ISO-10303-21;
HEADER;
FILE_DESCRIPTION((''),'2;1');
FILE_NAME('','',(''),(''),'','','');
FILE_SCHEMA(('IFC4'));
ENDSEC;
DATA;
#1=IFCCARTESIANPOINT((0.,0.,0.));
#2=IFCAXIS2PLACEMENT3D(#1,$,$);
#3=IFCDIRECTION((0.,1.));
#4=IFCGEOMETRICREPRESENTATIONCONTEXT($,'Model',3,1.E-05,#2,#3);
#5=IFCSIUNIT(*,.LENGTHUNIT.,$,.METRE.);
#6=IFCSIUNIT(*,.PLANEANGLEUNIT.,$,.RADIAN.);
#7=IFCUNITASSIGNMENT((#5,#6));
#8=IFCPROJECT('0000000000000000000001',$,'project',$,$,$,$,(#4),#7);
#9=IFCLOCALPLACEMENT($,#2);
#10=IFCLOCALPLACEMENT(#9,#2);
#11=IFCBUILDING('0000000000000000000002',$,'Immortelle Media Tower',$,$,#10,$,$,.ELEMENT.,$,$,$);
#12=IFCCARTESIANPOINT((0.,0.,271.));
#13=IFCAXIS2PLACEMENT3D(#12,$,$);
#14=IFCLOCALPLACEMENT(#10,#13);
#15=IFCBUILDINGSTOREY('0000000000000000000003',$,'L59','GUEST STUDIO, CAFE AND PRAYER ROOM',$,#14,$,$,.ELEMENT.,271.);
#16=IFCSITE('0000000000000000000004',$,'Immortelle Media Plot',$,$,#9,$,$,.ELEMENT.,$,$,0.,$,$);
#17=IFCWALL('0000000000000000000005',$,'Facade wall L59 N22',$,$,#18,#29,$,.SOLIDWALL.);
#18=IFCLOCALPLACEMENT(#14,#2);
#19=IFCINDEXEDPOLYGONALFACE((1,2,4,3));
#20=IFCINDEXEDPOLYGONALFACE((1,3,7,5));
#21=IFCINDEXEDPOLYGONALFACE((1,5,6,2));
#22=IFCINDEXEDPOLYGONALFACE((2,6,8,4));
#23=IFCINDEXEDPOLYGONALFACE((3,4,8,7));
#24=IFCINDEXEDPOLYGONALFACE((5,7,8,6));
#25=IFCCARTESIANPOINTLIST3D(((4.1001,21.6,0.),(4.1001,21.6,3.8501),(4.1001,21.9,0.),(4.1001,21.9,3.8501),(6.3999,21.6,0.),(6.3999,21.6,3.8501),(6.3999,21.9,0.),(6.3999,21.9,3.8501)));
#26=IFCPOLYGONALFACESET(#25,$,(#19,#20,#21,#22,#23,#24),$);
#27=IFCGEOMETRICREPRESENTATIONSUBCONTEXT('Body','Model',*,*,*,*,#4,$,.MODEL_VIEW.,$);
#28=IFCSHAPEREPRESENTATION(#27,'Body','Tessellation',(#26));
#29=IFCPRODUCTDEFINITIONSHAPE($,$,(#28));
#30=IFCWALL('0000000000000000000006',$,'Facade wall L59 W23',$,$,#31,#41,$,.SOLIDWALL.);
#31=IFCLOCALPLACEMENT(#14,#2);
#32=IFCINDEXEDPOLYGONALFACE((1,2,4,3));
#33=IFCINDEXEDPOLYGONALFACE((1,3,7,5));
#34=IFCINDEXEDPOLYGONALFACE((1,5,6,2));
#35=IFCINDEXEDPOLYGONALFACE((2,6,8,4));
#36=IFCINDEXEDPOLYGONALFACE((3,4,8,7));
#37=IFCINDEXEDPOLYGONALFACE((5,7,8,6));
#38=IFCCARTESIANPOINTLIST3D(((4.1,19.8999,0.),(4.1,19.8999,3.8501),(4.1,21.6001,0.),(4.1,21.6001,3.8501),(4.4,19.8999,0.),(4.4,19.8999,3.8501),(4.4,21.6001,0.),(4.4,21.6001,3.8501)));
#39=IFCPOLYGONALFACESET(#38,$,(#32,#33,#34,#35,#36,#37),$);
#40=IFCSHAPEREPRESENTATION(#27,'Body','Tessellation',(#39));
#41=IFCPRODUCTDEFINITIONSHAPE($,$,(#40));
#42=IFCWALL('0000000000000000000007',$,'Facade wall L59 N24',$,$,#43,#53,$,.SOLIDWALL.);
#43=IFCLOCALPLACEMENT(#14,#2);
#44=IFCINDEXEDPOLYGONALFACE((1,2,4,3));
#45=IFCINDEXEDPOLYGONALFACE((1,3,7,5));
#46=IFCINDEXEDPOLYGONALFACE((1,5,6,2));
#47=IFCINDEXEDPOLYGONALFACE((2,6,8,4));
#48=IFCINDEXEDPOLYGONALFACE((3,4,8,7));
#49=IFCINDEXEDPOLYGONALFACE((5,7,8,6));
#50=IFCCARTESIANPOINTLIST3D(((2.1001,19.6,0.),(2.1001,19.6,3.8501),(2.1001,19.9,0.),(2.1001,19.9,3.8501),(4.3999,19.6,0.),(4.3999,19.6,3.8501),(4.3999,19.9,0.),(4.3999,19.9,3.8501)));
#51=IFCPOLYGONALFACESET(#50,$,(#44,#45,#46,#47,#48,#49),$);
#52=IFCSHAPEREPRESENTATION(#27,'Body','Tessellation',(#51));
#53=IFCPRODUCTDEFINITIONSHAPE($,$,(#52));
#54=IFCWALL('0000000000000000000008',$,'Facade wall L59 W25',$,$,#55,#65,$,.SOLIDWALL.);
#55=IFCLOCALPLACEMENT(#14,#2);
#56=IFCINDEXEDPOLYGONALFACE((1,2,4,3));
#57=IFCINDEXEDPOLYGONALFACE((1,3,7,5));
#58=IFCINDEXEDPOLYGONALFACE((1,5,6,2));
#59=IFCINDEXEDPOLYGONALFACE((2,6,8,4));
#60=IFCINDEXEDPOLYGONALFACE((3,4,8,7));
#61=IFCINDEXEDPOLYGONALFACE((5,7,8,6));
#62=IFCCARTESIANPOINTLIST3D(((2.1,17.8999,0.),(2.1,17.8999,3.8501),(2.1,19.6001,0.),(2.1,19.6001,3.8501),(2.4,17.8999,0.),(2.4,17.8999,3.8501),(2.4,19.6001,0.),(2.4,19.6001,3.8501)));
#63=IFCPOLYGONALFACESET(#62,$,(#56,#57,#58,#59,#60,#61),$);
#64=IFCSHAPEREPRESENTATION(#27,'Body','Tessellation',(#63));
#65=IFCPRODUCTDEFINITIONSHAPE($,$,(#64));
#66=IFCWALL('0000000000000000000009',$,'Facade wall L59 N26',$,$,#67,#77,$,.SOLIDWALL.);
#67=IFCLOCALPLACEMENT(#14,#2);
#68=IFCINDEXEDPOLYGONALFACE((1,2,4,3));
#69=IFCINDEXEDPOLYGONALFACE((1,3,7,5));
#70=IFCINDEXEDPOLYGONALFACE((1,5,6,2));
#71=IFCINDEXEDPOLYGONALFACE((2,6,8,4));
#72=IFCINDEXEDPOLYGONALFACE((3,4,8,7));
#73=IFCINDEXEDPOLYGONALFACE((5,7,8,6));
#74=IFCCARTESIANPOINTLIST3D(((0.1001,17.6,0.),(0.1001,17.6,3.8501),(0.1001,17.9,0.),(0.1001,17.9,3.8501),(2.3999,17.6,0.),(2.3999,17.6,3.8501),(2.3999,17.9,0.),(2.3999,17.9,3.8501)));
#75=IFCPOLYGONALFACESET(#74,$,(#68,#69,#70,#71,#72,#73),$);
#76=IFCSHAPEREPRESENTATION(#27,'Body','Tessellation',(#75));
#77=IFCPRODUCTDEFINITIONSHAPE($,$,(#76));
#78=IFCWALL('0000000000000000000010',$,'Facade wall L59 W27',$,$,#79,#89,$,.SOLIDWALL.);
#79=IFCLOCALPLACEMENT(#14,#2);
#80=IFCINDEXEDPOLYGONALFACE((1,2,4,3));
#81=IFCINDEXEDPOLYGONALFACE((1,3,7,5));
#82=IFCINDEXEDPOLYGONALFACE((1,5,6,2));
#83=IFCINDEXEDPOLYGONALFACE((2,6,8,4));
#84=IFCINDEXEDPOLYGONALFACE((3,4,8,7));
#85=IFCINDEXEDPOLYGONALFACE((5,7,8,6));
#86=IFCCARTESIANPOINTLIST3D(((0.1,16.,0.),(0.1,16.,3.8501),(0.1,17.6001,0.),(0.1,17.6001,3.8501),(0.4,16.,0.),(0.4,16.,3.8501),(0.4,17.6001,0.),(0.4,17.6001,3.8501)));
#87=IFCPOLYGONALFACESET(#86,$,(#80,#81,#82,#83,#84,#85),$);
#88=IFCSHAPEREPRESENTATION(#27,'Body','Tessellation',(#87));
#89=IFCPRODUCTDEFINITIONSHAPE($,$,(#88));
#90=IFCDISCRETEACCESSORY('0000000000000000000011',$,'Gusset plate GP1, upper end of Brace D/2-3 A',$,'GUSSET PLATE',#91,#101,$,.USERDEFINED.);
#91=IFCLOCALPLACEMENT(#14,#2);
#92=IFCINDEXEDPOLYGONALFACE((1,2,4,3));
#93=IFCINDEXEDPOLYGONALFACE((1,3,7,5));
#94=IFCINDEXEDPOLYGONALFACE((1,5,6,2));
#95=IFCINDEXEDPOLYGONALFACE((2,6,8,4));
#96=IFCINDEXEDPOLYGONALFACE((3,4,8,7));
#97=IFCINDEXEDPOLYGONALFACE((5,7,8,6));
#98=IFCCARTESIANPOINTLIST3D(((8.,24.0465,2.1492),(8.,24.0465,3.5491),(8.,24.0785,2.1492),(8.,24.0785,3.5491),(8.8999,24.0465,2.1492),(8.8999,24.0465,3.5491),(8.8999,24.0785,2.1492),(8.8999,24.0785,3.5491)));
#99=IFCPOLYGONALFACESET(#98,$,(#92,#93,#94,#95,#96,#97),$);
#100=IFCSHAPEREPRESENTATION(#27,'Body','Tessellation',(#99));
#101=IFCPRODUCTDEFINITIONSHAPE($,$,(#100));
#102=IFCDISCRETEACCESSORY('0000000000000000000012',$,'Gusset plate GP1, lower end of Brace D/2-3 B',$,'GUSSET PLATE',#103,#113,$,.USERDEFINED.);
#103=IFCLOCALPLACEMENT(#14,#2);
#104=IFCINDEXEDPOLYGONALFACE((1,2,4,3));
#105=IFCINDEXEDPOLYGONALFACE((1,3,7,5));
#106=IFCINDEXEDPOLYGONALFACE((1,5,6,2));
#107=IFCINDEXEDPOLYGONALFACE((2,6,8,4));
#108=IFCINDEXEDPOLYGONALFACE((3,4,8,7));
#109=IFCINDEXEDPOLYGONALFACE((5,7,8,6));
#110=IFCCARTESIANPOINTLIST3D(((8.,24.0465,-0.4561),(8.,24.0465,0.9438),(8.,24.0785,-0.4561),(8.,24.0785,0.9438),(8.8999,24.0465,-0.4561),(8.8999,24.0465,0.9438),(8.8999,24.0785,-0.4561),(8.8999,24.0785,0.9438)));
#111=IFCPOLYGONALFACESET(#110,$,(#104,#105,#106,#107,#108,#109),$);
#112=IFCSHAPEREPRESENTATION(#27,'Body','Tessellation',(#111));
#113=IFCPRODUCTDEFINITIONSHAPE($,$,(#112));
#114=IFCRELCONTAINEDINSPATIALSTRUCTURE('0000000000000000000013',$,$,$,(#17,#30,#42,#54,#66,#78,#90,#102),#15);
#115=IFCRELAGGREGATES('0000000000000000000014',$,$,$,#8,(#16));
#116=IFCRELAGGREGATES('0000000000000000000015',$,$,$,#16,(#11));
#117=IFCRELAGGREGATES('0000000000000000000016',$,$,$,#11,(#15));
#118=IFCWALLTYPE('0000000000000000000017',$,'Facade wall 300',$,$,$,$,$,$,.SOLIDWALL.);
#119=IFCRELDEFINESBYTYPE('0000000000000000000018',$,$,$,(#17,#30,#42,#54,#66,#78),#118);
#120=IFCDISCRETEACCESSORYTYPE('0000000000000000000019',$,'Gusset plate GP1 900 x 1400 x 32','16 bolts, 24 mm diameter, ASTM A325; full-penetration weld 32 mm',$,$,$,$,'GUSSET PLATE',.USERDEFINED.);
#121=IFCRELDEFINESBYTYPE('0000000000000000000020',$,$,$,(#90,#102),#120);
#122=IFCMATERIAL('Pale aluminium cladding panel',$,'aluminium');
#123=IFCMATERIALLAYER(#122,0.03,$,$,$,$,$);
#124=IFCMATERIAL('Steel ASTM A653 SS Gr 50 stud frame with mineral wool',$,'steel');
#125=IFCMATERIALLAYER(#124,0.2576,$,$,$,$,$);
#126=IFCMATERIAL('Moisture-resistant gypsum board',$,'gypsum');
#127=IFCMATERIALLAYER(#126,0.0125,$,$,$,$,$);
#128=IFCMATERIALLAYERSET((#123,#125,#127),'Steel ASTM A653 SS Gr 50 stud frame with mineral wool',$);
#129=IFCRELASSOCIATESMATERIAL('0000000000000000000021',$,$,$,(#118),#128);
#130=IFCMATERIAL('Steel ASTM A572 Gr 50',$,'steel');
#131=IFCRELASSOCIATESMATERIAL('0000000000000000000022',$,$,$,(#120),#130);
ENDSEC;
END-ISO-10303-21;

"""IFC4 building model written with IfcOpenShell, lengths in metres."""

from ifc_helpers import new_model, si_unit, direction, frame, frame_2d, origin, origin_2d, place, context, subcontext, project, spatial, rectangle, extrude, material, layer, layer_set, material_profile, profile_set, type_object, element, save


model = new_model("IFC4")

# Units and contexts
model_context = context("Model", 3, precision=1e-05, world=origin(), true_north=direction((0.0, 1.0)))
body_context = subcontext(model_context, "Body", "Model", "MODEL_VIEW")
ifc_project = project(units=[si_unit("LENGTHUNIT", "METRE"), si_unit("PLANEANGLEUNIT", "RADIAN")], contexts=[model_context])

# Site, building, storey
site_placement = place(None, origin())
site = spatial("IfcSite", under=ifc_project, at=site_placement, Name="Immortelle Media Plot", CompositionType="ELEMENT", RefElevation=0.0)
building_placement = place(site_placement, origin())
building = spatial("IfcBuilding", under=site, at=building_placement, Name="Immortelle Media Tower", CompositionType="ELEMENT")
storey_placement = place(building_placement, frame((0.0, 0.0, 271.0)))
storey = spatial("IfcBuildingStorey", under=building, at=storey_placement, Name="L59", Description="GUEST STUDIO, CAFE AND PRAYER ROOM", CompositionType="ELEMENT", Elevation=271.0)

# Walls
ifc_material_1 = material(Name="Steel ASTM A653 SS Gr 50 stud frame with mineral wool", Category="steel")
ifc_material_2 = material(Name="Pale aluminium cladding panel", Category="aluminium")
ifc_layer_1 = layer(ifc_material_2, 0.03)
ifc_layer_2 = layer(ifc_material_1, 0.2576)
ifc_material_3 = material(Name="Moisture-resistant gypsum board", Category="gypsum")
ifc_layer_3 = layer(ifc_material_3, 0.0125)
ifc_layer_set_1 = layer_set([ifc_layer_1, ifc_layer_2, ifc_layer_3], Name="Steel ASTM A653 SS Gr 50 stud frame with mineral wool")
wall_type_1 = type_object("IfcWallType", Name="Facade wall 300", PredefinedType="SOLIDWALL", material=ifc_layer_set_1)
wall_1_placement = place(storey_placement, frame((6.3999, 21.75, 0.0), z_axis=(0.0, 0.0, 1.0), x_axis=(-1.0, 0.0, 0.0)))
element("IfcWall", 1, at=wall_1_placement, inside=storey, type_object=wall_type_1, Name="Facade wall L59 N22", PredefinedType="SOLIDWALL", context=body_context, shape_type="SweptSolid", body=[
    extrude(rectangle(XDim=2.2998, YDim=0.3, at=frame_2d((1.1499, 0.0))), origin(), (0.0, 0.0, 1.0), 3.8501),
])
wall_2_placement = place(storey_placement, frame((4.25, 21.6001, 0.0), z_axis=(0.0, 0.0, 1.0), x_axis=(0.0, -1.0, 0.0)))
element("IfcWall", 2, at=wall_2_placement, inside=storey, type_object=wall_type_1, Name="Facade wall L59 W23", PredefinedType="SOLIDWALL", context=body_context, shape_type="SweptSolid", body=[
    extrude(rectangle(XDim=1.7002, YDim=0.3, at=frame_2d((0.8501, 0.0))), origin(), (0.0, 0.0, 1.0), 3.8501),
])
wall_3_placement = place(storey_placement, frame((4.3999, 19.75, 0.0), z_axis=(0.0, 0.0, 1.0), x_axis=(-1.0, 0.0, 0.0)))
element("IfcWall", 3, at=wall_3_placement, inside=storey, type_object=wall_type_1, Name="Facade wall L59 N24", PredefinedType="SOLIDWALL", context=body_context, shape_type="SweptSolid", body=[
    extrude(rectangle(XDim=2.2998, YDim=0.3, at=frame_2d((1.1499, 0.0))), origin(), (0.0, 0.0, 1.0), 3.8501),
])
wall_4_placement = place(storey_placement, frame((2.25, 19.6001, 0.0), z_axis=(0.0, 0.0, 1.0), x_axis=(0.0, -1.0, 0.0)))
element("IfcWall", 4, at=wall_4_placement, inside=storey, type_object=wall_type_1, Name="Facade wall L59 W25", PredefinedType="SOLIDWALL", context=body_context, shape_type="SweptSolid", body=[
    extrude(rectangle(XDim=1.7002, YDim=0.3, at=frame_2d((0.8501, 0.0))), origin(), (0.0, 0.0, 1.0), 3.8501),
])
wall_5_placement = place(storey_placement, frame((2.3999, 17.75, 0.0), z_axis=(0.0, 0.0, 1.0), x_axis=(-1.0, 0.0, 0.0)))
element("IfcWall", 5, at=wall_5_placement, inside=storey, type_object=wall_type_1, Name="Facade wall L59 N26", PredefinedType="SOLIDWALL", context=body_context, shape_type="SweptSolid", body=[
    extrude(rectangle(XDim=2.2998, YDim=0.3, at=frame_2d((1.1499, 0.0))), origin(), (0.0, 0.0, 1.0), 3.8501),
])
wall_6_placement = place(storey_placement, frame((0.25, 17.6001, 0.0), z_axis=(0.0, 0.0, 1.0), x_axis=(0.0, -1.0, 0.0)))
element("IfcWall", 6, at=wall_6_placement, inside=storey, type_object=wall_type_1, Name="Facade wall L59 W27", PredefinedType="SOLIDWALL", context=body_context, shape_type="SweptSolid", body=[
    extrude(rectangle(XDim=1.6001, YDim=0.3, at=frame_2d((0.8, 0.0))), origin(), (0.0, 0.0, 1.0), 3.8501),
])

# Discrete accessories
ifc_material_4 = material(Name="Steel ASTM A572 Gr 50", Category="steel")
ifc_material_profile_1 = material_profile(ifc_material_4, rectangle(XDim=0.032, YDim=1.3999, at=origin_2d()), Name="PL 32 x 1400")
ifc_profile_set_1 = profile_set([ifc_material_profile_1], Name="Steel ASTM A572 Gr 50")
discrete_accessory_type = type_object("IfcDiscreteAccessoryType", Name="Gusset plate GP1 900 x 1400 x 32", Description="16 bolts, 24 mm diameter, ASTM A325; full-penetration weld 32 mm", ElementType="GUSSET PLATE", PredefinedType="USERDEFINED", material=ifc_profile_set_1)
for number, where, z_axis, x_axis, name in (
    (7, (8.0, 24.0625, 2.8491), (1.0, 0.0, 0.0), (0.0, 1.0, 0.0), "Gusset plate GP1, upper end of Brace D/2-3 A"),
    (8, (8.0, 24.0625, 0.2439), (1.0, 0.0, 0.0), (0.0, 1.0, 0.0), "Gusset plate GP1, lower end of Brace D/2-3 B"),
):
    element("IfcDiscreteAccessory", number, at=place(storey_placement, frame(where, z_axis=z_axis, x_axis=x_axis)), inside=storey, type_object=discrete_accessory_type, Name=name, ObjectType="GUSSET PLATE", PredefinedType="USERDEFINED", context=body_context, shape_type="SweptSolid", body=[
        extrude(rectangle(XDim=0.032, YDim=1.3999, at=origin_2d()), origin(), (0.0, 0.0, 1.0), 0.8999),
    ])

save(model, "model.ifc")
